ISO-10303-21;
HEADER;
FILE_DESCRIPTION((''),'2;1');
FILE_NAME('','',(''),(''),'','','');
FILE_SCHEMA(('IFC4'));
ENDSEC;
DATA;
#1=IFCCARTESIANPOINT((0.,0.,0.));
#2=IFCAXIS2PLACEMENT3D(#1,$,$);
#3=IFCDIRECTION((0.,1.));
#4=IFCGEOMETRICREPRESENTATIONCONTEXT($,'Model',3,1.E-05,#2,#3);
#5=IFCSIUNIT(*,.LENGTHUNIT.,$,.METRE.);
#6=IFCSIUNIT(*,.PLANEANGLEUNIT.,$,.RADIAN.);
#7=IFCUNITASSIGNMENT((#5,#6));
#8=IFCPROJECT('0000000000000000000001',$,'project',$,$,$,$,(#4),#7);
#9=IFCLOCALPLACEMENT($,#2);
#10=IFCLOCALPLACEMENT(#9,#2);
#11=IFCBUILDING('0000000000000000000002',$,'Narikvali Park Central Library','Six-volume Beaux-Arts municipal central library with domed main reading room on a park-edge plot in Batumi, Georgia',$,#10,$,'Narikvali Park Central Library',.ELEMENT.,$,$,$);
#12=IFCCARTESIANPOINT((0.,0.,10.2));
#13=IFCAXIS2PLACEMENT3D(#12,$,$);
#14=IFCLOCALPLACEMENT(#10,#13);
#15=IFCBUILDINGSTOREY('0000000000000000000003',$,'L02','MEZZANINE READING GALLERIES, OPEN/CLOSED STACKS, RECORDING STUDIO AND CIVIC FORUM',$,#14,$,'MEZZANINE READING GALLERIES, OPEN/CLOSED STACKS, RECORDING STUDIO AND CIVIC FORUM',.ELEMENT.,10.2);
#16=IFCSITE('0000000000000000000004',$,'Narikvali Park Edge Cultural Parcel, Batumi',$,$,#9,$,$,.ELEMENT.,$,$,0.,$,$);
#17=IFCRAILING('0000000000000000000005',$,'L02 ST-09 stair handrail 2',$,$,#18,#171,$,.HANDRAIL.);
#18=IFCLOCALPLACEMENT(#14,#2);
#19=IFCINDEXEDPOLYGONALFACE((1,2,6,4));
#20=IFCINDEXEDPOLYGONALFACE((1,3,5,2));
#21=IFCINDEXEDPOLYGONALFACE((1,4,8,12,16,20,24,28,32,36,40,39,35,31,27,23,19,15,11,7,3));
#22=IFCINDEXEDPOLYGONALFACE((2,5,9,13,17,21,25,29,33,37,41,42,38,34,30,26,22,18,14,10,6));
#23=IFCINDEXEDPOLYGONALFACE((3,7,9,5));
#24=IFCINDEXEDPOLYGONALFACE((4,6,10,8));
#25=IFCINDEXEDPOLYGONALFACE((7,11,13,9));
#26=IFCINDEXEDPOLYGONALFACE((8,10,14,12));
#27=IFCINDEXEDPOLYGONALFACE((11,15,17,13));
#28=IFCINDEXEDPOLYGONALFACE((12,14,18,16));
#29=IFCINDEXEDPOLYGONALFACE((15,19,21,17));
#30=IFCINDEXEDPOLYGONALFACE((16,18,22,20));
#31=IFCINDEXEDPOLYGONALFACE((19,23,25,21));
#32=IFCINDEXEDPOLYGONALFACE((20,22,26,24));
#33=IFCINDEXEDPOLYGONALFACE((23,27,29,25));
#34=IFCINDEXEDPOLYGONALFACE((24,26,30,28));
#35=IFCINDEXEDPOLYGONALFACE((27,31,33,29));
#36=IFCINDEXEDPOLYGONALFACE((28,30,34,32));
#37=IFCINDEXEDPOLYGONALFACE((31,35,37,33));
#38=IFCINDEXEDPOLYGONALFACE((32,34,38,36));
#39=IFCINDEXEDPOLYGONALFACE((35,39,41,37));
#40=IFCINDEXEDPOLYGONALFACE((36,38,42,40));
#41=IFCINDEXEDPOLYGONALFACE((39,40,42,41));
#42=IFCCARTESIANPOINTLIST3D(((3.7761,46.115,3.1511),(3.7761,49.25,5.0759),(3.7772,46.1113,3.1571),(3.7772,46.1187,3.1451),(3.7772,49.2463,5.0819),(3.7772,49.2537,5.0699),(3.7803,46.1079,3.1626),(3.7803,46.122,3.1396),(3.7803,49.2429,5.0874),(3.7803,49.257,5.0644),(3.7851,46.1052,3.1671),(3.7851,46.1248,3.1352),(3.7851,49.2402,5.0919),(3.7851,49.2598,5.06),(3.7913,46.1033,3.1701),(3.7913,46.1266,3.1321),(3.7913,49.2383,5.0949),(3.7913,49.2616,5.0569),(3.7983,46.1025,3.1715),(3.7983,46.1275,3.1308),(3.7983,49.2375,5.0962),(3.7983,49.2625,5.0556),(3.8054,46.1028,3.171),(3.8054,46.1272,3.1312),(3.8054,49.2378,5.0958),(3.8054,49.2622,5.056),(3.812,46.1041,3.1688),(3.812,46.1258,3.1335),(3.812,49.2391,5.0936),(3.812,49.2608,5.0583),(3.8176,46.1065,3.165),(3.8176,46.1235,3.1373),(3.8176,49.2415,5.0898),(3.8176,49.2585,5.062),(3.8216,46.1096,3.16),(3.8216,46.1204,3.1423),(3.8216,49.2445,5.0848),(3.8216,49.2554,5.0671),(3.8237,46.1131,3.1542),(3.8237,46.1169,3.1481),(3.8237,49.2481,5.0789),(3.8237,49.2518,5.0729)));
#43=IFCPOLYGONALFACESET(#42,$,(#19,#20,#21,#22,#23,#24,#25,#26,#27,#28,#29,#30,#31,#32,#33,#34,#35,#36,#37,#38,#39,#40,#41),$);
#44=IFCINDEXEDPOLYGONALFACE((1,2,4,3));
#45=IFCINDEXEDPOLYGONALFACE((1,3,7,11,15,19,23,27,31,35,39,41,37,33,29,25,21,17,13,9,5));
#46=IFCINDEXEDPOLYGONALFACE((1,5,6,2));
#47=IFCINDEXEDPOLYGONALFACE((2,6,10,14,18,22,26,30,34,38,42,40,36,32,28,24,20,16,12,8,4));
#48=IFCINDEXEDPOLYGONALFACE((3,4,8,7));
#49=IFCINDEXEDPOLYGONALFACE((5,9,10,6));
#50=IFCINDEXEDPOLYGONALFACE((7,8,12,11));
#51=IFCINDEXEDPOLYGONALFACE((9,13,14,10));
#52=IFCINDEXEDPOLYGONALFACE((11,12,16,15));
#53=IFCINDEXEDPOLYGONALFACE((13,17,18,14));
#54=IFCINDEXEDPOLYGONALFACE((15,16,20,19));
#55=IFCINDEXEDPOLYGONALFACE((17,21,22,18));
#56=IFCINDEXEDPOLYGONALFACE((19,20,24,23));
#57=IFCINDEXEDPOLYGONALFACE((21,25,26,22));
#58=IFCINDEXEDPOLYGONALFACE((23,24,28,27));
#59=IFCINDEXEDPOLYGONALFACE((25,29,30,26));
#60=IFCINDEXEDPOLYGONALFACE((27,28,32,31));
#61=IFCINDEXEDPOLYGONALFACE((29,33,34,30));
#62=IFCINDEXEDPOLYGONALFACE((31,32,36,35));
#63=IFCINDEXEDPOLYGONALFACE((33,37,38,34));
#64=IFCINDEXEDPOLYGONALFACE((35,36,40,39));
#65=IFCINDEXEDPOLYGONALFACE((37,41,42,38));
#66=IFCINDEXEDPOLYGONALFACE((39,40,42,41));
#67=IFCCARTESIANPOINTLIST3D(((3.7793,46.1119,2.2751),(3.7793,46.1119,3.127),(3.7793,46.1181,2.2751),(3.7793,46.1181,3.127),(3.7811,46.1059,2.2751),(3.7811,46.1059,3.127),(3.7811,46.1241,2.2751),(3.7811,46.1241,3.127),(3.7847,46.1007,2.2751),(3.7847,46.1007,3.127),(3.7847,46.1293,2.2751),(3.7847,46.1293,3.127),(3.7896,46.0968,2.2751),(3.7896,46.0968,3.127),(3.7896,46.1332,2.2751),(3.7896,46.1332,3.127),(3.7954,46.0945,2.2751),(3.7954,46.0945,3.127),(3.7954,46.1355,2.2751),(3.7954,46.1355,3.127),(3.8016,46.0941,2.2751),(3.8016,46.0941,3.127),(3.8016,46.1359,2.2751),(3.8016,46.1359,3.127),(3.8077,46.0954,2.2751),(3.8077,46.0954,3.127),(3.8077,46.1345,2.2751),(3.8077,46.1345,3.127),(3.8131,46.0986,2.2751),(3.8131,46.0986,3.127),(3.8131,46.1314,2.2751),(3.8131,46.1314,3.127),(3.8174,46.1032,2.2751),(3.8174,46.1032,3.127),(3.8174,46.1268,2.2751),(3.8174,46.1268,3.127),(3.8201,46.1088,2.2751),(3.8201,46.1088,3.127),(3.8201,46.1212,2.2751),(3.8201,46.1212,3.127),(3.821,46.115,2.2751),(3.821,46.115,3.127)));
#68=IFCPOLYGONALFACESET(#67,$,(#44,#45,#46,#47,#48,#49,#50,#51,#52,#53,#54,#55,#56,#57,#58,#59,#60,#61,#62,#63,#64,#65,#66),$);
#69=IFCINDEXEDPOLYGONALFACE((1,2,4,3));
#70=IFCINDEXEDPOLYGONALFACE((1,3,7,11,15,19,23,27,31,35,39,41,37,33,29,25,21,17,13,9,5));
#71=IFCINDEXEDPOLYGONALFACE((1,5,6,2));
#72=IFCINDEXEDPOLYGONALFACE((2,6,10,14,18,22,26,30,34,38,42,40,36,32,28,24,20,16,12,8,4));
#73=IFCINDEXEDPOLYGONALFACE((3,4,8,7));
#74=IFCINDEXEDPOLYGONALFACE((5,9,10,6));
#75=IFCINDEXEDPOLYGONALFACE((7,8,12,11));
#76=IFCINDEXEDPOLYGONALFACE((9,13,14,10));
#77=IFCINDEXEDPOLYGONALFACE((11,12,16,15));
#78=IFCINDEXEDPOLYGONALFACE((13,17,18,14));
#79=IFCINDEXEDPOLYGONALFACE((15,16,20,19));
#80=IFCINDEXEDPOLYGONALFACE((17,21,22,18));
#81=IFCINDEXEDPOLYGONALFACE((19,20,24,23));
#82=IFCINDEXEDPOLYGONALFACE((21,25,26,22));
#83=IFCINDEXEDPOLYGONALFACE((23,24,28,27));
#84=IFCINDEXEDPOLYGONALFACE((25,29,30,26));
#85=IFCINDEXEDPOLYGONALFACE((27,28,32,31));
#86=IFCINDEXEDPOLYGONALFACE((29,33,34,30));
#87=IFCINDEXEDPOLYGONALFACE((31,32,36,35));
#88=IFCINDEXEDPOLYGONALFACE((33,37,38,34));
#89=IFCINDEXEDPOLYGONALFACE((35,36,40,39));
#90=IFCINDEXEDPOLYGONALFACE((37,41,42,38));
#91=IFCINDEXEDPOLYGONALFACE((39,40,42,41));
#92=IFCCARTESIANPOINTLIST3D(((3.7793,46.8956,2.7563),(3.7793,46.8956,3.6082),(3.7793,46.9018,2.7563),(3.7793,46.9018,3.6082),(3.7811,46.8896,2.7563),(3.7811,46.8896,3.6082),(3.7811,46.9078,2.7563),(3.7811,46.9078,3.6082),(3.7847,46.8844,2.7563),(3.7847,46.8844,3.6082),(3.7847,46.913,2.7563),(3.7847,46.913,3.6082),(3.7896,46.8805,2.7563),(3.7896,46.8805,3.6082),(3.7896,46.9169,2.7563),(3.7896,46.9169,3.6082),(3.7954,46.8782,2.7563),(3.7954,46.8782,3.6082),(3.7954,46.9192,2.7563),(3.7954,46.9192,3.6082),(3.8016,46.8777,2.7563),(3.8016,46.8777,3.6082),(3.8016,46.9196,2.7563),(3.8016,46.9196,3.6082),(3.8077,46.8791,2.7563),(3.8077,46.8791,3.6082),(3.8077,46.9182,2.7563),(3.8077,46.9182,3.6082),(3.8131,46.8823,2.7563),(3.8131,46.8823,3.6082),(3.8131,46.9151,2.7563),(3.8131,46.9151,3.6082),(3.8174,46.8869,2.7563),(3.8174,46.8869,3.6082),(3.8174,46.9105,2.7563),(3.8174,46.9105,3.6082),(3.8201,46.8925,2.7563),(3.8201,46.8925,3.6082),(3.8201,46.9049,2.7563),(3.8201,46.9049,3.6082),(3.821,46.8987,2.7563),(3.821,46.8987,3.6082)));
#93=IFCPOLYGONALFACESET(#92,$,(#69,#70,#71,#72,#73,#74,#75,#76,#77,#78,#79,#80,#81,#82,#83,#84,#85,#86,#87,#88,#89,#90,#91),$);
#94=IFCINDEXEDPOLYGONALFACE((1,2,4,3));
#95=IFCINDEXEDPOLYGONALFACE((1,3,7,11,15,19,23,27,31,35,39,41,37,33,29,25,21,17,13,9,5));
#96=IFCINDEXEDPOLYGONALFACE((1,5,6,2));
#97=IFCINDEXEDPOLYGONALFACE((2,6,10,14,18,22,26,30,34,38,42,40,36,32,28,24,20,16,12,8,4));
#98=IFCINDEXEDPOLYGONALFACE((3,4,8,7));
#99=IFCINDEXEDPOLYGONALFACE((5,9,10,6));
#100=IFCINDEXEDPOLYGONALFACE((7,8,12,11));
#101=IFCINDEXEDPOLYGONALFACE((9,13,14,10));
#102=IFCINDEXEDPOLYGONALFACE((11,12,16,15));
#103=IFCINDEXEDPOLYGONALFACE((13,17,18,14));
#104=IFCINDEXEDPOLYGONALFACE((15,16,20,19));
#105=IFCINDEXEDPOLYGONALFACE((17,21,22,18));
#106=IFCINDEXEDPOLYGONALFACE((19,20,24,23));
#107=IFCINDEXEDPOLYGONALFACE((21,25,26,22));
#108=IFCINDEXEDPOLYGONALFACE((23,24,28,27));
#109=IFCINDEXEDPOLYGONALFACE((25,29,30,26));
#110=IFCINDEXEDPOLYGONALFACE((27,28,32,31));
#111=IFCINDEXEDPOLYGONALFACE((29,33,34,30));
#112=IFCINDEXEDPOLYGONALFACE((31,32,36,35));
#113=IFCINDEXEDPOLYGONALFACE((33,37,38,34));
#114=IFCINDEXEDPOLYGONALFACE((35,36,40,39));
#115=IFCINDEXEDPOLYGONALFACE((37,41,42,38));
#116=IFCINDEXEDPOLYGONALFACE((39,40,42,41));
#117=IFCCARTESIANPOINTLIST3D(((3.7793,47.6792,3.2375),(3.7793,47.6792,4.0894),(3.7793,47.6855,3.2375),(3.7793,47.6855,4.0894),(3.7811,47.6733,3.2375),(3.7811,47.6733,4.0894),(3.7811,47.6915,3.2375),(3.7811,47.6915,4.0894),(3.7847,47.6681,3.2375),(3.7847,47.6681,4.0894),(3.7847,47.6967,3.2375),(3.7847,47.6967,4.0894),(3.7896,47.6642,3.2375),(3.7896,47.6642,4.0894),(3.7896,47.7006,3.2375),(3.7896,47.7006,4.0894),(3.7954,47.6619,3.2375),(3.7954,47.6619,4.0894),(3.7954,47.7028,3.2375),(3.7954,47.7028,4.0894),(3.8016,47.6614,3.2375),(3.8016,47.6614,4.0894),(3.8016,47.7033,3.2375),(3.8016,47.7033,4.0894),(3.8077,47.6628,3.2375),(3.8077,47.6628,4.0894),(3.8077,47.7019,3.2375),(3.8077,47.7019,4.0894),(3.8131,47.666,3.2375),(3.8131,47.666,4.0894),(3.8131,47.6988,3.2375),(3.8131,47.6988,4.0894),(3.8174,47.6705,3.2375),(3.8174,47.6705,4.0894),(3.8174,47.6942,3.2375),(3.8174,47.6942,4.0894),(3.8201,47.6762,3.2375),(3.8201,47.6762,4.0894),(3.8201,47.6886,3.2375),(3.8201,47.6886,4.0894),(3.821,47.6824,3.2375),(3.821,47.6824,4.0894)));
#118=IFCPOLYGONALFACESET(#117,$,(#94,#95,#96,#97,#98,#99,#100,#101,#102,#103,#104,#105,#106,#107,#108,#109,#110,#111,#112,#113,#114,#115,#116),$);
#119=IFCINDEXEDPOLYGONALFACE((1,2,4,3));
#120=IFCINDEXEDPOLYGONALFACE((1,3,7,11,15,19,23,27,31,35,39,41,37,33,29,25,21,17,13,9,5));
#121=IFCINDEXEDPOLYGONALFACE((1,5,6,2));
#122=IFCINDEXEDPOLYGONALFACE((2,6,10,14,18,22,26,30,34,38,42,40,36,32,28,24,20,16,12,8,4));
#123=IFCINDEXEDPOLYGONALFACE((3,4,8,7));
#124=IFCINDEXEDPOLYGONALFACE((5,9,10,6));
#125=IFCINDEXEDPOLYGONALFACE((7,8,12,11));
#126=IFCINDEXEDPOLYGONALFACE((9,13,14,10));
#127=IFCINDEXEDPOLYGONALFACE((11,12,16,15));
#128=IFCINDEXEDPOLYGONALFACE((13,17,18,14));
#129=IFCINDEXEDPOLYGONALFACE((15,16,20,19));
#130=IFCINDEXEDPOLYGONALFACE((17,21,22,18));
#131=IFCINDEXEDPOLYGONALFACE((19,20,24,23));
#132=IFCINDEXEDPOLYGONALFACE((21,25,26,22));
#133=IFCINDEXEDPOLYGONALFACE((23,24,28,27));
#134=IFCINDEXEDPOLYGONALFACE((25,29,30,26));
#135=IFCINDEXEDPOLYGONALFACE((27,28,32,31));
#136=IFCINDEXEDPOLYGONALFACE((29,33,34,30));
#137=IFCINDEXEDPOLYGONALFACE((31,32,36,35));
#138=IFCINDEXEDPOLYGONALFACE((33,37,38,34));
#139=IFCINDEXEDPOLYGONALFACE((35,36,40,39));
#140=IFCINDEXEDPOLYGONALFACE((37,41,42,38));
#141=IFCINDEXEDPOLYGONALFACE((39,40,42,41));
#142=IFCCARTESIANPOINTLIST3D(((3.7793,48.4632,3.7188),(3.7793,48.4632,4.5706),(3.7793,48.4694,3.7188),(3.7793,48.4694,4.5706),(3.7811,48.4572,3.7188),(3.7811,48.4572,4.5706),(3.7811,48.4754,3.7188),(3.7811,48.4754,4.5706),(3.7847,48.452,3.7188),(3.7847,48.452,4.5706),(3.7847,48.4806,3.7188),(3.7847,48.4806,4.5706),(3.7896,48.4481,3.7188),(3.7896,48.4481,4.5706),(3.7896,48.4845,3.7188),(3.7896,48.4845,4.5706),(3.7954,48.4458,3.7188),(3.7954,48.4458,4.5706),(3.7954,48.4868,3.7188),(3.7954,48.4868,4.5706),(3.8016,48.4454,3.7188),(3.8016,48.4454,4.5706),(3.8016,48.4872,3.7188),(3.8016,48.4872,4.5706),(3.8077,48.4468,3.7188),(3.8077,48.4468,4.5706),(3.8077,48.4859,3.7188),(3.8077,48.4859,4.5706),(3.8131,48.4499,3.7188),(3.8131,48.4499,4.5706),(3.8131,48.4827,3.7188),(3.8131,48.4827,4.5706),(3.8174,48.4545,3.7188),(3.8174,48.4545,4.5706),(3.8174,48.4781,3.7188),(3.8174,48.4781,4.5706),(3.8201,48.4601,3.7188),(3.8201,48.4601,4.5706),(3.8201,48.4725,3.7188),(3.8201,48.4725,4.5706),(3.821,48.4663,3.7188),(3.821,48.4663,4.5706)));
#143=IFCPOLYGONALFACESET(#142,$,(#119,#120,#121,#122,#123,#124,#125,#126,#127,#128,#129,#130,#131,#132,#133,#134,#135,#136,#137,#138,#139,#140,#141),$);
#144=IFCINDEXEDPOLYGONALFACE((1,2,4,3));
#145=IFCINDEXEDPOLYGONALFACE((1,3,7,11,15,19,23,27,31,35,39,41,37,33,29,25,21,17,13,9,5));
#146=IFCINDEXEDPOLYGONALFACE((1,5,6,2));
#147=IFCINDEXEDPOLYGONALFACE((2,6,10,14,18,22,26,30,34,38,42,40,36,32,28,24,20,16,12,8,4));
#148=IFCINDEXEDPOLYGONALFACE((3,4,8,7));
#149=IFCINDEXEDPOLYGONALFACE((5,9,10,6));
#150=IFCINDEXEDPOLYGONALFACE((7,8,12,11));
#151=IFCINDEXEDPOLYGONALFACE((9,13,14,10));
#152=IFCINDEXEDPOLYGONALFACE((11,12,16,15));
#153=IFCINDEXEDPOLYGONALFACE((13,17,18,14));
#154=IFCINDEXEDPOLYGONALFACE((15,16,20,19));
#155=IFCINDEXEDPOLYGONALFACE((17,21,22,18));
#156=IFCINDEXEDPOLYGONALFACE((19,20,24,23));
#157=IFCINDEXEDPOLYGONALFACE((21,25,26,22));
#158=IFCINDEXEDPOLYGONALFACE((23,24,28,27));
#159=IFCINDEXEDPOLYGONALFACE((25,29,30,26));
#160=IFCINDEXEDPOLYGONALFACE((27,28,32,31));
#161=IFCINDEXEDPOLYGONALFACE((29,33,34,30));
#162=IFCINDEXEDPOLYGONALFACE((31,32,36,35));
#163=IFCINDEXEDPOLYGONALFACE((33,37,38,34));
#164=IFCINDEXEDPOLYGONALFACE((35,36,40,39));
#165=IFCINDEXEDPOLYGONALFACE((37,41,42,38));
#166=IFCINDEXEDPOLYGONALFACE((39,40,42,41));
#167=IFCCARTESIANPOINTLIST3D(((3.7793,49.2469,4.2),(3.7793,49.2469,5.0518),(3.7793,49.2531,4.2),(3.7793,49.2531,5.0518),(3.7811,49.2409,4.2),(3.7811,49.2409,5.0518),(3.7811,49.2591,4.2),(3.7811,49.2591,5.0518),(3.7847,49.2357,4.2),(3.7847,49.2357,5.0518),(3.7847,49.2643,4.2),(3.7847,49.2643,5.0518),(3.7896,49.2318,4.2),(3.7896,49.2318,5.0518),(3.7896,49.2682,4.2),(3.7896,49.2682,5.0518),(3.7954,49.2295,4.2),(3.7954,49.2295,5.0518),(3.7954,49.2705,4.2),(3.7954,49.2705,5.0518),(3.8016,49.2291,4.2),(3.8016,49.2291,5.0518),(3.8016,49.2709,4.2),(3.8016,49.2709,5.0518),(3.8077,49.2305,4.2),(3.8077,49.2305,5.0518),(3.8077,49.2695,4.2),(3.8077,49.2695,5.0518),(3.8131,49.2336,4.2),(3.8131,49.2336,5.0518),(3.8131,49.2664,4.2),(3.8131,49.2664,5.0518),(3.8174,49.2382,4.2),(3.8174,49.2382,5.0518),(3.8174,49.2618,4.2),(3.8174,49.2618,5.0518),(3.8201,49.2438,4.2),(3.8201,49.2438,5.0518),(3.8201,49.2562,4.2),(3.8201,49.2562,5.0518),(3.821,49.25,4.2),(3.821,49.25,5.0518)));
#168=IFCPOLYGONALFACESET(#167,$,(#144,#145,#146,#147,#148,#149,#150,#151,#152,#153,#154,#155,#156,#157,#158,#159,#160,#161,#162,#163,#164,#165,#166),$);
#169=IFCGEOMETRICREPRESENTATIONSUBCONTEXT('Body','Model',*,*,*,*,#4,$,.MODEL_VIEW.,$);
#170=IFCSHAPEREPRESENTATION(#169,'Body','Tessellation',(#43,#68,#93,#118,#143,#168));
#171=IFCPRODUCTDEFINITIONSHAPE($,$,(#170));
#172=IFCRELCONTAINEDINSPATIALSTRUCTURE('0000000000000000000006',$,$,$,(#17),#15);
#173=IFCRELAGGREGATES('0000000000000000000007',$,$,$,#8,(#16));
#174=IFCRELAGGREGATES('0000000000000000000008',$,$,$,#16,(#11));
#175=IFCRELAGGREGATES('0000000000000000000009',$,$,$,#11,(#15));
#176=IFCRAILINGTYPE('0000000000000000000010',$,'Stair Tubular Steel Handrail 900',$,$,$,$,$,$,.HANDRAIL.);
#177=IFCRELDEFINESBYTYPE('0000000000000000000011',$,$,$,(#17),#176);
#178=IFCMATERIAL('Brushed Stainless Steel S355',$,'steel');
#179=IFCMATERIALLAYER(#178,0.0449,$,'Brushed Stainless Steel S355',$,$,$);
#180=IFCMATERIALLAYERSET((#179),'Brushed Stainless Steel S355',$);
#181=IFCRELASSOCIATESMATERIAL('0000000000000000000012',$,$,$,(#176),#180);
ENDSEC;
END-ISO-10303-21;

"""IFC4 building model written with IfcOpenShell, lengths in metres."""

from ifc_helpers import new_model, si_unit, direction, frame, origin, origin_2d, place, context, subcontext, project, spatial, circle, extrude, material, layer, layer_set, type_object, element, save


model = new_model("IFC4")

# Units and contexts
model_context = context("Model", 3, precision=1e-05, world=origin(), true_north=direction((0.0, 1.0)))
body_context = subcontext(model_context, "Body", "Model", "MODEL_VIEW")
ifc_project = project(units=[si_unit("LENGTHUNIT", "METRE"), si_unit("PLANEANGLEUNIT", "RADIAN")], contexts=[model_context])

# Site, building, storey
site_placement = place(None, origin())
site = spatial("IfcSite", under=ifc_project, at=site_placement, Name="Narikvali Park Edge Cultural Parcel, Batumi", CompositionType="ELEMENT", RefElevation=0.0)
building_placement = place(site_placement, origin())
building = spatial("IfcBuilding", under=site, at=building_placement, Name="Narikvali Park Central Library", Description="Six-volume Beaux-Arts municipal central library with domed main reading room on a park-edge plot in Batumi, Georgia", LongName="Narikvali Park Central Library", CompositionType="ELEMENT")
storey_placement = place(building_placement, frame((0.0, 0.0, 10.2)))
storey = spatial("IfcBuildingStorey", under=building, at=storey_placement, Name="L02", Description="MEZZANINE READING GALLERIES, OPEN/CLOSED STACKS, RECORDING STUDIO AND CIVIC FORUM", LongName="MEZZANINE READING GALLERIES, OPEN/CLOSED STACKS, RECORDING STUDIO AND CIVIC FORUM", CompositionType="ELEMENT", Elevation=10.2)

# Shared definitions
ifc_material_1 = material(Name="Brushed Stainless Steel S355", Category="steel")

# Railing
ifc_layer_1 = layer(ifc_material_1, 0.0449, Name="Brushed Stainless Steel S355")
ifc_layer_set_1 = layer_set([ifc_layer_1], Name="Brushed Stainless Steel S355")
railing_type_1 = type_object("IfcRailingType", Name="Stair Tubular Steel Handrail 900", PredefinedType="HANDRAIL", material=ifc_layer_set_1)
railing_1_placement = place(storey_placement, frame((3.8, 46.115, 2.2751)))
element("IfcRailing", 1, at=railing_1_placement, inside=storey, type_object=railing_type_1, Name="L02 ST-09 stair handrail 2", PredefinedType="HANDRAIL", context=body_context, shape_type="SweptSolid", body=[
    extrude(circle(Radius=0.0239, at=origin_2d()), frame((0.0, 0.0, 0.876), z_axis=(0.0, 0.852196, 0.523223), x_axis=(-1.0, 0.0, 0.0)), (0.0, 0.0, 1.0), 3.6787),
    extrude(circle(Radius=0.021, at=origin_2d()), origin(), (0.0, 0.0, 1.0), 0.8518),
    extrude(circle(Radius=0.021, at=origin_2d()), frame((0.0, 0.7837, 0.4812)), (0.0, 0.0, 1.0), 0.8518),
    extrude(circle(Radius=0.021, at=origin_2d()), frame((0.0, 1.5674, 0.9624)), (0.0, 0.0, 1.0), 0.8518),
    extrude(circle(Radius=0.021, at=origin_2d()), frame((0.0, 2.3513, 1.4436)), (0.0, 0.0, 1.0), 0.8518),
    extrude(circle(Radius=0.021, at=origin_2d()), frame((0.0, 3.135, 1.9248)), (0.0, 0.0, 1.0), 0.8518),
])

save(model, "model.ifc")
